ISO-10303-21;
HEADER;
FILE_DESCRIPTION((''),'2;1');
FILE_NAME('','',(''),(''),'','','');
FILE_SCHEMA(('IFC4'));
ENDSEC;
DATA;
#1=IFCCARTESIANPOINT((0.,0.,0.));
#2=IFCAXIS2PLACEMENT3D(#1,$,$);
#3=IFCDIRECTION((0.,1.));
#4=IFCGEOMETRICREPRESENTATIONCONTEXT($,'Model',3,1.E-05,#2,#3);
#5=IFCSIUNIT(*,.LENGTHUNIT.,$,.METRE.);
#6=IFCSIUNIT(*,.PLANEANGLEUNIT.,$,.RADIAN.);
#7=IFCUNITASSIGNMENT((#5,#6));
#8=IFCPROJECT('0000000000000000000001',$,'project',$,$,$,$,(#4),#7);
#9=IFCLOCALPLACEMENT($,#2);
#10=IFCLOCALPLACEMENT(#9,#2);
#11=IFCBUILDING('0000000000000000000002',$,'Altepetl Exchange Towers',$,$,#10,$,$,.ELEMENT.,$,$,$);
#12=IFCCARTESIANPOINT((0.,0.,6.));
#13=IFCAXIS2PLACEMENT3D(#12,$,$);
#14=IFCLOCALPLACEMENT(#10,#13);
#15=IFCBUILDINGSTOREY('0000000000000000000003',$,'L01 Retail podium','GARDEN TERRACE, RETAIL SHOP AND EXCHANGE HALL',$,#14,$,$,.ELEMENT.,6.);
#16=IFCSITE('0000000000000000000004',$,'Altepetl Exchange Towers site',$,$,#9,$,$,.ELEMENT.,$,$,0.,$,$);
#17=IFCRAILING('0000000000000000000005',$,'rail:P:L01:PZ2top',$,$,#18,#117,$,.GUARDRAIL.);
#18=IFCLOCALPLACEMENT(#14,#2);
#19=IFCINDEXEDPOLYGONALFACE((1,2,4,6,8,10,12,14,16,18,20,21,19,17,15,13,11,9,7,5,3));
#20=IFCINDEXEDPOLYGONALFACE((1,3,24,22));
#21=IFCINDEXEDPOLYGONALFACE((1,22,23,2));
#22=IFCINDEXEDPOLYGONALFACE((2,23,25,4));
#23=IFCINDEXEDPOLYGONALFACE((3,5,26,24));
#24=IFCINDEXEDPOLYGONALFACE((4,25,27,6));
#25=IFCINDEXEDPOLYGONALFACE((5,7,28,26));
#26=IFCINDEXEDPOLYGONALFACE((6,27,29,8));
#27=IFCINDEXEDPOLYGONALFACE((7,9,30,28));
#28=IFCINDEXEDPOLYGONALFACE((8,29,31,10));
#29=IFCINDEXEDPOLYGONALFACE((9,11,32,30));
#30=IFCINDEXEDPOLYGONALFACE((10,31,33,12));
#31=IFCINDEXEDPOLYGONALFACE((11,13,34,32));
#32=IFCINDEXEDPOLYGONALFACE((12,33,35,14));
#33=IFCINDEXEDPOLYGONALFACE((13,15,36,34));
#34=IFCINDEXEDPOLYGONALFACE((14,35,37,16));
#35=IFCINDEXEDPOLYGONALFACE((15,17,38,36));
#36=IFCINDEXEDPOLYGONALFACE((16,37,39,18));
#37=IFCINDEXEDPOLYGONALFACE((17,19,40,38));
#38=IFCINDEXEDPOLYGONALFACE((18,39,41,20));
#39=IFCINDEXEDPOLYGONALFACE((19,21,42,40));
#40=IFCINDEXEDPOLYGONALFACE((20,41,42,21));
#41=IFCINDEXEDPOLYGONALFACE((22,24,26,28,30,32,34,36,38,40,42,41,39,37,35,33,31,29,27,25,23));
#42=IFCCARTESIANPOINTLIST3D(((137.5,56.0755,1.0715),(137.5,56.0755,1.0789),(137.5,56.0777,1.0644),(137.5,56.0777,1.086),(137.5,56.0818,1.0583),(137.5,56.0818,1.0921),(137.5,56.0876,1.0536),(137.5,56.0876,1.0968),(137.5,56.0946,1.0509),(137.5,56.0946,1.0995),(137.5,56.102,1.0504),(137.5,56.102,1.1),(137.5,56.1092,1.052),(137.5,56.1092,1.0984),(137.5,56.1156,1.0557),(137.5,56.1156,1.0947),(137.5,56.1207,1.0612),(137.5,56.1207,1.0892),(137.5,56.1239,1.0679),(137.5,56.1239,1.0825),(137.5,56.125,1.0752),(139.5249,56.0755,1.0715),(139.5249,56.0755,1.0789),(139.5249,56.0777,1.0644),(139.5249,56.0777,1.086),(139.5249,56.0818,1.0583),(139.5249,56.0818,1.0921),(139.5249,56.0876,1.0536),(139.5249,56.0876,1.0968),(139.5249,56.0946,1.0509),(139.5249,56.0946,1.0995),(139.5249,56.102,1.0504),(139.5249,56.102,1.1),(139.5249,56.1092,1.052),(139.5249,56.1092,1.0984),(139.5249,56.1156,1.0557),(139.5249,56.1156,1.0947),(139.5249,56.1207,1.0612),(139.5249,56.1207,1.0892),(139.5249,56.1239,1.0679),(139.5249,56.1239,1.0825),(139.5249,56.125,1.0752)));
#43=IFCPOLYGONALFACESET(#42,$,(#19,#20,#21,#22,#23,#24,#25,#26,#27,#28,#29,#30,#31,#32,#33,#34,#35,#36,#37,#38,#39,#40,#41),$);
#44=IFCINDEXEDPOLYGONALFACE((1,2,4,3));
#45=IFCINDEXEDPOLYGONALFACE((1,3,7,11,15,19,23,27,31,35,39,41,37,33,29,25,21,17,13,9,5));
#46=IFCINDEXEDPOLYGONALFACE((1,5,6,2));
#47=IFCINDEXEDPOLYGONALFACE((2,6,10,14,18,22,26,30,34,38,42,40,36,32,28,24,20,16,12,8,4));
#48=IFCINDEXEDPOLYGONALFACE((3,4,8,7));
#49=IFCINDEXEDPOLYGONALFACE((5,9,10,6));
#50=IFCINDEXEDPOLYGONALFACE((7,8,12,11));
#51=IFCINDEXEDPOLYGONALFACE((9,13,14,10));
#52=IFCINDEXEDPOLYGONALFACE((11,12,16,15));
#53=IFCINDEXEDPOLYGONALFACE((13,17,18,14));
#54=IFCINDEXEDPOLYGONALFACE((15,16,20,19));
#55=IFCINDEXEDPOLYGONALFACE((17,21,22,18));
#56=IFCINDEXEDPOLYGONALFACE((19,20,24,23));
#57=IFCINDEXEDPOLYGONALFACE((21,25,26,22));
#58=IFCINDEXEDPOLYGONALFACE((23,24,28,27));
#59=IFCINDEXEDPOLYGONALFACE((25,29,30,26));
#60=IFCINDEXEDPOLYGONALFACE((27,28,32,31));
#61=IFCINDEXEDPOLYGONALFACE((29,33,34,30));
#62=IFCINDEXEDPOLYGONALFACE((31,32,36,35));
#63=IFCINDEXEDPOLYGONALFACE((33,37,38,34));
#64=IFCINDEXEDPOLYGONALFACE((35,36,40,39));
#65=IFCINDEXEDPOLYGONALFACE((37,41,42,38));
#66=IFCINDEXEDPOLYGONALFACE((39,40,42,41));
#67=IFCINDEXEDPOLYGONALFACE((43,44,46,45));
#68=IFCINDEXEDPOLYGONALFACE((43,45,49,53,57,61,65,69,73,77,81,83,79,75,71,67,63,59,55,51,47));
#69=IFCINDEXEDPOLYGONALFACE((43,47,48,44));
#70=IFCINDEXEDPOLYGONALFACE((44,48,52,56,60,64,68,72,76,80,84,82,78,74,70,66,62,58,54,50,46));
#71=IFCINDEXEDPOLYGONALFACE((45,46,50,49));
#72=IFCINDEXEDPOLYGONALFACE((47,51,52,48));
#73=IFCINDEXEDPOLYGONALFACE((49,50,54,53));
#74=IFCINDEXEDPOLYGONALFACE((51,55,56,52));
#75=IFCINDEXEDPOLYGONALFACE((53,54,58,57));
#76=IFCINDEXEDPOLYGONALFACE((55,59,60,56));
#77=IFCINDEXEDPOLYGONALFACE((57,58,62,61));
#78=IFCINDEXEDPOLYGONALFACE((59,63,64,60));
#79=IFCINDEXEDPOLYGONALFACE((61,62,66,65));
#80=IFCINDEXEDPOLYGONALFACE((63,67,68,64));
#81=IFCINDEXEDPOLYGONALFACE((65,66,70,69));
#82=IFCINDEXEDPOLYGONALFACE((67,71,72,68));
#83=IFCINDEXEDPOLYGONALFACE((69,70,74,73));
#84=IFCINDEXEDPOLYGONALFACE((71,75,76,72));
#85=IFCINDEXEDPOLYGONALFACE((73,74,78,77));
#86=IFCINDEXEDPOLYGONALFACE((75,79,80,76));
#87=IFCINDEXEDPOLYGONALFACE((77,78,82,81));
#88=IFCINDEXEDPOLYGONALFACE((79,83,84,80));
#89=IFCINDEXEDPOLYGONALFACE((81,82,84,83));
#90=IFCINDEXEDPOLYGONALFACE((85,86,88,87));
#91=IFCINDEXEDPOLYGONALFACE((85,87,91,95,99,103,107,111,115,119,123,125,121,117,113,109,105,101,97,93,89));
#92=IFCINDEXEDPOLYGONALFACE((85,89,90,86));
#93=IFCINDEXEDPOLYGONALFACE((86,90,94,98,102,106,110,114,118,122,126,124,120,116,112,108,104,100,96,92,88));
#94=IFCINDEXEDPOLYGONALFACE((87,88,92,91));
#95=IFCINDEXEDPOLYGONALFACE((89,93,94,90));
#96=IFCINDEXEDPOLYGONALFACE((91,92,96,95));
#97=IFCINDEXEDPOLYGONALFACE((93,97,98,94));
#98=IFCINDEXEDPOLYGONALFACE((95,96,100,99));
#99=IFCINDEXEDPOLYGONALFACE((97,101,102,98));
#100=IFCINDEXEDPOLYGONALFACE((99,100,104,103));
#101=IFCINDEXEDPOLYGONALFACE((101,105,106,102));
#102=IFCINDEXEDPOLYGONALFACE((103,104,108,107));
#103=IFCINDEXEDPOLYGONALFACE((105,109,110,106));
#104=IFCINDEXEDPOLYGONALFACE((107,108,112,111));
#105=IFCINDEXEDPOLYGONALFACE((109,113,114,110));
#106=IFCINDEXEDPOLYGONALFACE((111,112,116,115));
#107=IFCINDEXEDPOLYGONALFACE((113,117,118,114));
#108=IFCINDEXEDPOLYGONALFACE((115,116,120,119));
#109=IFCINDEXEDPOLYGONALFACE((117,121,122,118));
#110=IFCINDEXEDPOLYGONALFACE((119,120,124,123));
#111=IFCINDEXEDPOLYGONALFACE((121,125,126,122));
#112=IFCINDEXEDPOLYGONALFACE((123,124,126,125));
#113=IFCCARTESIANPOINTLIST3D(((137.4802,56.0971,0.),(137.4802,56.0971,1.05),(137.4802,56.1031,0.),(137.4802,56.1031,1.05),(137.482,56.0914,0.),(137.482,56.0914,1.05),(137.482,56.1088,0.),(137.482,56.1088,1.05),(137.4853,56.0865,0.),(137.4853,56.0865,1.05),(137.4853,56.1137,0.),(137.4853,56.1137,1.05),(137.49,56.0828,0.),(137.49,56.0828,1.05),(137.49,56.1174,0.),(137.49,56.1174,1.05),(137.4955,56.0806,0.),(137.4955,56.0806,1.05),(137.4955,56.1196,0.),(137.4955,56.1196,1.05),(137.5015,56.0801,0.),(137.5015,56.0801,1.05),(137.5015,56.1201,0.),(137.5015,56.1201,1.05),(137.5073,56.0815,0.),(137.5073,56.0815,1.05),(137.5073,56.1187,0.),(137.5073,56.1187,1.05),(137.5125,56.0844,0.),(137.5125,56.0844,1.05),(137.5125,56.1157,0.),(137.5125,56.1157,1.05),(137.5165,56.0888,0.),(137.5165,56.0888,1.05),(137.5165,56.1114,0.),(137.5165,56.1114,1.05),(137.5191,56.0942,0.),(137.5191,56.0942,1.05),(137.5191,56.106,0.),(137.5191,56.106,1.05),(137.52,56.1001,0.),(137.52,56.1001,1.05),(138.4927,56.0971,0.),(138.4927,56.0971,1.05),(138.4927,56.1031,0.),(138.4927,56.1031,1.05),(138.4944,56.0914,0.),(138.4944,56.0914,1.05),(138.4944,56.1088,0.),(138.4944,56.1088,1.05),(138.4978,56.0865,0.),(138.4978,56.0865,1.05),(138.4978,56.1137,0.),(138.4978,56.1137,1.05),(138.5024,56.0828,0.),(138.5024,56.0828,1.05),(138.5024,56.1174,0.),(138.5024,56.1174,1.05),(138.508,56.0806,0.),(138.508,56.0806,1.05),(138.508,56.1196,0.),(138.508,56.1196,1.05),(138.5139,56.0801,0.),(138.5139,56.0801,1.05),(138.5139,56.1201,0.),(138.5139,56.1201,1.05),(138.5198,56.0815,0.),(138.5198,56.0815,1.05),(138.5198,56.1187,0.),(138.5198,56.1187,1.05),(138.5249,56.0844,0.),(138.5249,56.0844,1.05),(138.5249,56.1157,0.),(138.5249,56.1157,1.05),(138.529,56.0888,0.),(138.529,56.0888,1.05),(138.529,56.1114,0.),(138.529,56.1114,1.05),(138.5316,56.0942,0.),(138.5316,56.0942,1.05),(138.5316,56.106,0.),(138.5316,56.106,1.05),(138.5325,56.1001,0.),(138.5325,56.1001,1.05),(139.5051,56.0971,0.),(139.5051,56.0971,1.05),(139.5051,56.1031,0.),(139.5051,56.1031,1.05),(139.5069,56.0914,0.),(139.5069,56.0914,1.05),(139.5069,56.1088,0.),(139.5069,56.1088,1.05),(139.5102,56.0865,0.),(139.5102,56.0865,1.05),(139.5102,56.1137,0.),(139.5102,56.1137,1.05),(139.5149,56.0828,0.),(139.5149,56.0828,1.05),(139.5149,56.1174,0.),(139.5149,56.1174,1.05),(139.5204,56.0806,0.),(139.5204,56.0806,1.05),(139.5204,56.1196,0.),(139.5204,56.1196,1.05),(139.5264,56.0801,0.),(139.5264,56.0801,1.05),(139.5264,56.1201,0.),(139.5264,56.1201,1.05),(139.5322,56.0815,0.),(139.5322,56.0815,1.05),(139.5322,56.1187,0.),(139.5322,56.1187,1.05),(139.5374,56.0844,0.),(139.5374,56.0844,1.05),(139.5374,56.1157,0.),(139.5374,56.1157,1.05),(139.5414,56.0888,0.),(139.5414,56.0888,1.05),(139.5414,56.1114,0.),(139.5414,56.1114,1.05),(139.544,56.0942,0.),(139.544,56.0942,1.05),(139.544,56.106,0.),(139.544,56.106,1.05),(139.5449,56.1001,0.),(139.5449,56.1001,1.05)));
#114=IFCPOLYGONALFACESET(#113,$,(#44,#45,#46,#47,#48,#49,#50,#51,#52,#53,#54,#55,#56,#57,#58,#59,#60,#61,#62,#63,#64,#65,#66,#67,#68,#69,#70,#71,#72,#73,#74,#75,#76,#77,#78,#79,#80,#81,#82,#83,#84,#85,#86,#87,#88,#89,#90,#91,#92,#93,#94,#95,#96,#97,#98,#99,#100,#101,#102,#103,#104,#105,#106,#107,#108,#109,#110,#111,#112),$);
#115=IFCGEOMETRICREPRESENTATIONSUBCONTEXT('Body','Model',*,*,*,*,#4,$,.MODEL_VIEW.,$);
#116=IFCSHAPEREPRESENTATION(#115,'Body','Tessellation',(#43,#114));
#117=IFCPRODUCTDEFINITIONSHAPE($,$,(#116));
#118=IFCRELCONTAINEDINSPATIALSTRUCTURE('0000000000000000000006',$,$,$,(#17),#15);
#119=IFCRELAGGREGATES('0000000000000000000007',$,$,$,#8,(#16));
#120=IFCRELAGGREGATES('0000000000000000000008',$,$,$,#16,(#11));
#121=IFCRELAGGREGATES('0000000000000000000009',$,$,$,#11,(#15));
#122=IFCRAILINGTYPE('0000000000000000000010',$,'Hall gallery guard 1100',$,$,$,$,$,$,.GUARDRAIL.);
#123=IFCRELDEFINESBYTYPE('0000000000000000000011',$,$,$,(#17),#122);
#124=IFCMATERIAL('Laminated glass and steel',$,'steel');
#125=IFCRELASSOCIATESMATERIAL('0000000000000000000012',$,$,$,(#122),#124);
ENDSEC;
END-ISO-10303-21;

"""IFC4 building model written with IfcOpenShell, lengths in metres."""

from ifc_helpers import new_model, si_unit, direction, frame, origin, origin_2d, place, context, subcontext, project, spatial, circle, extrude, source, transform, mapped, material, type_object, element, save


model = new_model("IFC4")

# Units and contexts
model_context = context("Model", 3, precision=1e-05, world=origin(), true_north=direction((0.0, 1.0)))
body_context = subcontext(model_context, "Body", "Model", "MODEL_VIEW")
ifc_project = project(units=[si_unit("LENGTHUNIT", "METRE"), si_unit("PLANEANGLEUNIT", "RADIAN")], contexts=[model_context])

# Site, building, storey
site_placement = place(None, origin())
site = spatial("IfcSite", under=ifc_project, at=site_placement, Name="Altepetl Exchange Towers site", CompositionType="ELEMENT", RefElevation=0.0)
building_placement = place(site_placement, origin())
building = spatial("IfcBuilding", under=site, at=building_placement, Name="Altepetl Exchange Towers", CompositionType="ELEMENT")
storey_placement = place(building_placement, frame((0.0, 0.0, 6.0)))
storey = spatial("IfcBuildingStorey", under=building, at=storey_placement, Name="L01 Retail podium", Description="GARDEN TERRACE, RETAIL SHOP AND EXCHANGE HALL", CompositionType="ELEMENT", Elevation=6.0)

# Railing
ifc_material_1 = material(Name="Laminated glass and steel", Category="steel")
railing_type = type_object("IfcRailingType", Name="Hall gallery guard 1100", PredefinedType="GUARDRAIL", material=ifc_material_1)
shared_shape = source(origin(), body_context, "Body", "SweptSolid", [
    extrude(circle(Radius=0.02, at=origin_2d()), origin(), (0.0, 0.0, 1.0), 1.05),
])
railing_placement = place(storey_placement, frame((137.5, 56.1001, 0.0)))
element("IfcRailing", 1, at=railing_placement, inside=storey, type_object=railing_type, Name="rail:P:L01:PZ2top", PredefinedType="GUARDRAIL", context=body_context, shape_type="SweptSolid", body=[
    extrude(circle(Radius=0.0249, at=origin_2d()), frame((0.0, 0.0, 1.0752), z_axis=(1.0, 0.0, 0.0), x_axis=(0.0, 1.0, 0.0)), (0.0, 0.0, 1.0), 2.0249),
    mapped(shared_shape, transform((0.0, 0.0, 0.0))),
    mapped(shared_shape, transform((1.0125, 0.0, 0.0))),
    mapped(shared_shape, transform((2.0249, 0.0, 0.0))),
])

save(model, "model.ifc")
